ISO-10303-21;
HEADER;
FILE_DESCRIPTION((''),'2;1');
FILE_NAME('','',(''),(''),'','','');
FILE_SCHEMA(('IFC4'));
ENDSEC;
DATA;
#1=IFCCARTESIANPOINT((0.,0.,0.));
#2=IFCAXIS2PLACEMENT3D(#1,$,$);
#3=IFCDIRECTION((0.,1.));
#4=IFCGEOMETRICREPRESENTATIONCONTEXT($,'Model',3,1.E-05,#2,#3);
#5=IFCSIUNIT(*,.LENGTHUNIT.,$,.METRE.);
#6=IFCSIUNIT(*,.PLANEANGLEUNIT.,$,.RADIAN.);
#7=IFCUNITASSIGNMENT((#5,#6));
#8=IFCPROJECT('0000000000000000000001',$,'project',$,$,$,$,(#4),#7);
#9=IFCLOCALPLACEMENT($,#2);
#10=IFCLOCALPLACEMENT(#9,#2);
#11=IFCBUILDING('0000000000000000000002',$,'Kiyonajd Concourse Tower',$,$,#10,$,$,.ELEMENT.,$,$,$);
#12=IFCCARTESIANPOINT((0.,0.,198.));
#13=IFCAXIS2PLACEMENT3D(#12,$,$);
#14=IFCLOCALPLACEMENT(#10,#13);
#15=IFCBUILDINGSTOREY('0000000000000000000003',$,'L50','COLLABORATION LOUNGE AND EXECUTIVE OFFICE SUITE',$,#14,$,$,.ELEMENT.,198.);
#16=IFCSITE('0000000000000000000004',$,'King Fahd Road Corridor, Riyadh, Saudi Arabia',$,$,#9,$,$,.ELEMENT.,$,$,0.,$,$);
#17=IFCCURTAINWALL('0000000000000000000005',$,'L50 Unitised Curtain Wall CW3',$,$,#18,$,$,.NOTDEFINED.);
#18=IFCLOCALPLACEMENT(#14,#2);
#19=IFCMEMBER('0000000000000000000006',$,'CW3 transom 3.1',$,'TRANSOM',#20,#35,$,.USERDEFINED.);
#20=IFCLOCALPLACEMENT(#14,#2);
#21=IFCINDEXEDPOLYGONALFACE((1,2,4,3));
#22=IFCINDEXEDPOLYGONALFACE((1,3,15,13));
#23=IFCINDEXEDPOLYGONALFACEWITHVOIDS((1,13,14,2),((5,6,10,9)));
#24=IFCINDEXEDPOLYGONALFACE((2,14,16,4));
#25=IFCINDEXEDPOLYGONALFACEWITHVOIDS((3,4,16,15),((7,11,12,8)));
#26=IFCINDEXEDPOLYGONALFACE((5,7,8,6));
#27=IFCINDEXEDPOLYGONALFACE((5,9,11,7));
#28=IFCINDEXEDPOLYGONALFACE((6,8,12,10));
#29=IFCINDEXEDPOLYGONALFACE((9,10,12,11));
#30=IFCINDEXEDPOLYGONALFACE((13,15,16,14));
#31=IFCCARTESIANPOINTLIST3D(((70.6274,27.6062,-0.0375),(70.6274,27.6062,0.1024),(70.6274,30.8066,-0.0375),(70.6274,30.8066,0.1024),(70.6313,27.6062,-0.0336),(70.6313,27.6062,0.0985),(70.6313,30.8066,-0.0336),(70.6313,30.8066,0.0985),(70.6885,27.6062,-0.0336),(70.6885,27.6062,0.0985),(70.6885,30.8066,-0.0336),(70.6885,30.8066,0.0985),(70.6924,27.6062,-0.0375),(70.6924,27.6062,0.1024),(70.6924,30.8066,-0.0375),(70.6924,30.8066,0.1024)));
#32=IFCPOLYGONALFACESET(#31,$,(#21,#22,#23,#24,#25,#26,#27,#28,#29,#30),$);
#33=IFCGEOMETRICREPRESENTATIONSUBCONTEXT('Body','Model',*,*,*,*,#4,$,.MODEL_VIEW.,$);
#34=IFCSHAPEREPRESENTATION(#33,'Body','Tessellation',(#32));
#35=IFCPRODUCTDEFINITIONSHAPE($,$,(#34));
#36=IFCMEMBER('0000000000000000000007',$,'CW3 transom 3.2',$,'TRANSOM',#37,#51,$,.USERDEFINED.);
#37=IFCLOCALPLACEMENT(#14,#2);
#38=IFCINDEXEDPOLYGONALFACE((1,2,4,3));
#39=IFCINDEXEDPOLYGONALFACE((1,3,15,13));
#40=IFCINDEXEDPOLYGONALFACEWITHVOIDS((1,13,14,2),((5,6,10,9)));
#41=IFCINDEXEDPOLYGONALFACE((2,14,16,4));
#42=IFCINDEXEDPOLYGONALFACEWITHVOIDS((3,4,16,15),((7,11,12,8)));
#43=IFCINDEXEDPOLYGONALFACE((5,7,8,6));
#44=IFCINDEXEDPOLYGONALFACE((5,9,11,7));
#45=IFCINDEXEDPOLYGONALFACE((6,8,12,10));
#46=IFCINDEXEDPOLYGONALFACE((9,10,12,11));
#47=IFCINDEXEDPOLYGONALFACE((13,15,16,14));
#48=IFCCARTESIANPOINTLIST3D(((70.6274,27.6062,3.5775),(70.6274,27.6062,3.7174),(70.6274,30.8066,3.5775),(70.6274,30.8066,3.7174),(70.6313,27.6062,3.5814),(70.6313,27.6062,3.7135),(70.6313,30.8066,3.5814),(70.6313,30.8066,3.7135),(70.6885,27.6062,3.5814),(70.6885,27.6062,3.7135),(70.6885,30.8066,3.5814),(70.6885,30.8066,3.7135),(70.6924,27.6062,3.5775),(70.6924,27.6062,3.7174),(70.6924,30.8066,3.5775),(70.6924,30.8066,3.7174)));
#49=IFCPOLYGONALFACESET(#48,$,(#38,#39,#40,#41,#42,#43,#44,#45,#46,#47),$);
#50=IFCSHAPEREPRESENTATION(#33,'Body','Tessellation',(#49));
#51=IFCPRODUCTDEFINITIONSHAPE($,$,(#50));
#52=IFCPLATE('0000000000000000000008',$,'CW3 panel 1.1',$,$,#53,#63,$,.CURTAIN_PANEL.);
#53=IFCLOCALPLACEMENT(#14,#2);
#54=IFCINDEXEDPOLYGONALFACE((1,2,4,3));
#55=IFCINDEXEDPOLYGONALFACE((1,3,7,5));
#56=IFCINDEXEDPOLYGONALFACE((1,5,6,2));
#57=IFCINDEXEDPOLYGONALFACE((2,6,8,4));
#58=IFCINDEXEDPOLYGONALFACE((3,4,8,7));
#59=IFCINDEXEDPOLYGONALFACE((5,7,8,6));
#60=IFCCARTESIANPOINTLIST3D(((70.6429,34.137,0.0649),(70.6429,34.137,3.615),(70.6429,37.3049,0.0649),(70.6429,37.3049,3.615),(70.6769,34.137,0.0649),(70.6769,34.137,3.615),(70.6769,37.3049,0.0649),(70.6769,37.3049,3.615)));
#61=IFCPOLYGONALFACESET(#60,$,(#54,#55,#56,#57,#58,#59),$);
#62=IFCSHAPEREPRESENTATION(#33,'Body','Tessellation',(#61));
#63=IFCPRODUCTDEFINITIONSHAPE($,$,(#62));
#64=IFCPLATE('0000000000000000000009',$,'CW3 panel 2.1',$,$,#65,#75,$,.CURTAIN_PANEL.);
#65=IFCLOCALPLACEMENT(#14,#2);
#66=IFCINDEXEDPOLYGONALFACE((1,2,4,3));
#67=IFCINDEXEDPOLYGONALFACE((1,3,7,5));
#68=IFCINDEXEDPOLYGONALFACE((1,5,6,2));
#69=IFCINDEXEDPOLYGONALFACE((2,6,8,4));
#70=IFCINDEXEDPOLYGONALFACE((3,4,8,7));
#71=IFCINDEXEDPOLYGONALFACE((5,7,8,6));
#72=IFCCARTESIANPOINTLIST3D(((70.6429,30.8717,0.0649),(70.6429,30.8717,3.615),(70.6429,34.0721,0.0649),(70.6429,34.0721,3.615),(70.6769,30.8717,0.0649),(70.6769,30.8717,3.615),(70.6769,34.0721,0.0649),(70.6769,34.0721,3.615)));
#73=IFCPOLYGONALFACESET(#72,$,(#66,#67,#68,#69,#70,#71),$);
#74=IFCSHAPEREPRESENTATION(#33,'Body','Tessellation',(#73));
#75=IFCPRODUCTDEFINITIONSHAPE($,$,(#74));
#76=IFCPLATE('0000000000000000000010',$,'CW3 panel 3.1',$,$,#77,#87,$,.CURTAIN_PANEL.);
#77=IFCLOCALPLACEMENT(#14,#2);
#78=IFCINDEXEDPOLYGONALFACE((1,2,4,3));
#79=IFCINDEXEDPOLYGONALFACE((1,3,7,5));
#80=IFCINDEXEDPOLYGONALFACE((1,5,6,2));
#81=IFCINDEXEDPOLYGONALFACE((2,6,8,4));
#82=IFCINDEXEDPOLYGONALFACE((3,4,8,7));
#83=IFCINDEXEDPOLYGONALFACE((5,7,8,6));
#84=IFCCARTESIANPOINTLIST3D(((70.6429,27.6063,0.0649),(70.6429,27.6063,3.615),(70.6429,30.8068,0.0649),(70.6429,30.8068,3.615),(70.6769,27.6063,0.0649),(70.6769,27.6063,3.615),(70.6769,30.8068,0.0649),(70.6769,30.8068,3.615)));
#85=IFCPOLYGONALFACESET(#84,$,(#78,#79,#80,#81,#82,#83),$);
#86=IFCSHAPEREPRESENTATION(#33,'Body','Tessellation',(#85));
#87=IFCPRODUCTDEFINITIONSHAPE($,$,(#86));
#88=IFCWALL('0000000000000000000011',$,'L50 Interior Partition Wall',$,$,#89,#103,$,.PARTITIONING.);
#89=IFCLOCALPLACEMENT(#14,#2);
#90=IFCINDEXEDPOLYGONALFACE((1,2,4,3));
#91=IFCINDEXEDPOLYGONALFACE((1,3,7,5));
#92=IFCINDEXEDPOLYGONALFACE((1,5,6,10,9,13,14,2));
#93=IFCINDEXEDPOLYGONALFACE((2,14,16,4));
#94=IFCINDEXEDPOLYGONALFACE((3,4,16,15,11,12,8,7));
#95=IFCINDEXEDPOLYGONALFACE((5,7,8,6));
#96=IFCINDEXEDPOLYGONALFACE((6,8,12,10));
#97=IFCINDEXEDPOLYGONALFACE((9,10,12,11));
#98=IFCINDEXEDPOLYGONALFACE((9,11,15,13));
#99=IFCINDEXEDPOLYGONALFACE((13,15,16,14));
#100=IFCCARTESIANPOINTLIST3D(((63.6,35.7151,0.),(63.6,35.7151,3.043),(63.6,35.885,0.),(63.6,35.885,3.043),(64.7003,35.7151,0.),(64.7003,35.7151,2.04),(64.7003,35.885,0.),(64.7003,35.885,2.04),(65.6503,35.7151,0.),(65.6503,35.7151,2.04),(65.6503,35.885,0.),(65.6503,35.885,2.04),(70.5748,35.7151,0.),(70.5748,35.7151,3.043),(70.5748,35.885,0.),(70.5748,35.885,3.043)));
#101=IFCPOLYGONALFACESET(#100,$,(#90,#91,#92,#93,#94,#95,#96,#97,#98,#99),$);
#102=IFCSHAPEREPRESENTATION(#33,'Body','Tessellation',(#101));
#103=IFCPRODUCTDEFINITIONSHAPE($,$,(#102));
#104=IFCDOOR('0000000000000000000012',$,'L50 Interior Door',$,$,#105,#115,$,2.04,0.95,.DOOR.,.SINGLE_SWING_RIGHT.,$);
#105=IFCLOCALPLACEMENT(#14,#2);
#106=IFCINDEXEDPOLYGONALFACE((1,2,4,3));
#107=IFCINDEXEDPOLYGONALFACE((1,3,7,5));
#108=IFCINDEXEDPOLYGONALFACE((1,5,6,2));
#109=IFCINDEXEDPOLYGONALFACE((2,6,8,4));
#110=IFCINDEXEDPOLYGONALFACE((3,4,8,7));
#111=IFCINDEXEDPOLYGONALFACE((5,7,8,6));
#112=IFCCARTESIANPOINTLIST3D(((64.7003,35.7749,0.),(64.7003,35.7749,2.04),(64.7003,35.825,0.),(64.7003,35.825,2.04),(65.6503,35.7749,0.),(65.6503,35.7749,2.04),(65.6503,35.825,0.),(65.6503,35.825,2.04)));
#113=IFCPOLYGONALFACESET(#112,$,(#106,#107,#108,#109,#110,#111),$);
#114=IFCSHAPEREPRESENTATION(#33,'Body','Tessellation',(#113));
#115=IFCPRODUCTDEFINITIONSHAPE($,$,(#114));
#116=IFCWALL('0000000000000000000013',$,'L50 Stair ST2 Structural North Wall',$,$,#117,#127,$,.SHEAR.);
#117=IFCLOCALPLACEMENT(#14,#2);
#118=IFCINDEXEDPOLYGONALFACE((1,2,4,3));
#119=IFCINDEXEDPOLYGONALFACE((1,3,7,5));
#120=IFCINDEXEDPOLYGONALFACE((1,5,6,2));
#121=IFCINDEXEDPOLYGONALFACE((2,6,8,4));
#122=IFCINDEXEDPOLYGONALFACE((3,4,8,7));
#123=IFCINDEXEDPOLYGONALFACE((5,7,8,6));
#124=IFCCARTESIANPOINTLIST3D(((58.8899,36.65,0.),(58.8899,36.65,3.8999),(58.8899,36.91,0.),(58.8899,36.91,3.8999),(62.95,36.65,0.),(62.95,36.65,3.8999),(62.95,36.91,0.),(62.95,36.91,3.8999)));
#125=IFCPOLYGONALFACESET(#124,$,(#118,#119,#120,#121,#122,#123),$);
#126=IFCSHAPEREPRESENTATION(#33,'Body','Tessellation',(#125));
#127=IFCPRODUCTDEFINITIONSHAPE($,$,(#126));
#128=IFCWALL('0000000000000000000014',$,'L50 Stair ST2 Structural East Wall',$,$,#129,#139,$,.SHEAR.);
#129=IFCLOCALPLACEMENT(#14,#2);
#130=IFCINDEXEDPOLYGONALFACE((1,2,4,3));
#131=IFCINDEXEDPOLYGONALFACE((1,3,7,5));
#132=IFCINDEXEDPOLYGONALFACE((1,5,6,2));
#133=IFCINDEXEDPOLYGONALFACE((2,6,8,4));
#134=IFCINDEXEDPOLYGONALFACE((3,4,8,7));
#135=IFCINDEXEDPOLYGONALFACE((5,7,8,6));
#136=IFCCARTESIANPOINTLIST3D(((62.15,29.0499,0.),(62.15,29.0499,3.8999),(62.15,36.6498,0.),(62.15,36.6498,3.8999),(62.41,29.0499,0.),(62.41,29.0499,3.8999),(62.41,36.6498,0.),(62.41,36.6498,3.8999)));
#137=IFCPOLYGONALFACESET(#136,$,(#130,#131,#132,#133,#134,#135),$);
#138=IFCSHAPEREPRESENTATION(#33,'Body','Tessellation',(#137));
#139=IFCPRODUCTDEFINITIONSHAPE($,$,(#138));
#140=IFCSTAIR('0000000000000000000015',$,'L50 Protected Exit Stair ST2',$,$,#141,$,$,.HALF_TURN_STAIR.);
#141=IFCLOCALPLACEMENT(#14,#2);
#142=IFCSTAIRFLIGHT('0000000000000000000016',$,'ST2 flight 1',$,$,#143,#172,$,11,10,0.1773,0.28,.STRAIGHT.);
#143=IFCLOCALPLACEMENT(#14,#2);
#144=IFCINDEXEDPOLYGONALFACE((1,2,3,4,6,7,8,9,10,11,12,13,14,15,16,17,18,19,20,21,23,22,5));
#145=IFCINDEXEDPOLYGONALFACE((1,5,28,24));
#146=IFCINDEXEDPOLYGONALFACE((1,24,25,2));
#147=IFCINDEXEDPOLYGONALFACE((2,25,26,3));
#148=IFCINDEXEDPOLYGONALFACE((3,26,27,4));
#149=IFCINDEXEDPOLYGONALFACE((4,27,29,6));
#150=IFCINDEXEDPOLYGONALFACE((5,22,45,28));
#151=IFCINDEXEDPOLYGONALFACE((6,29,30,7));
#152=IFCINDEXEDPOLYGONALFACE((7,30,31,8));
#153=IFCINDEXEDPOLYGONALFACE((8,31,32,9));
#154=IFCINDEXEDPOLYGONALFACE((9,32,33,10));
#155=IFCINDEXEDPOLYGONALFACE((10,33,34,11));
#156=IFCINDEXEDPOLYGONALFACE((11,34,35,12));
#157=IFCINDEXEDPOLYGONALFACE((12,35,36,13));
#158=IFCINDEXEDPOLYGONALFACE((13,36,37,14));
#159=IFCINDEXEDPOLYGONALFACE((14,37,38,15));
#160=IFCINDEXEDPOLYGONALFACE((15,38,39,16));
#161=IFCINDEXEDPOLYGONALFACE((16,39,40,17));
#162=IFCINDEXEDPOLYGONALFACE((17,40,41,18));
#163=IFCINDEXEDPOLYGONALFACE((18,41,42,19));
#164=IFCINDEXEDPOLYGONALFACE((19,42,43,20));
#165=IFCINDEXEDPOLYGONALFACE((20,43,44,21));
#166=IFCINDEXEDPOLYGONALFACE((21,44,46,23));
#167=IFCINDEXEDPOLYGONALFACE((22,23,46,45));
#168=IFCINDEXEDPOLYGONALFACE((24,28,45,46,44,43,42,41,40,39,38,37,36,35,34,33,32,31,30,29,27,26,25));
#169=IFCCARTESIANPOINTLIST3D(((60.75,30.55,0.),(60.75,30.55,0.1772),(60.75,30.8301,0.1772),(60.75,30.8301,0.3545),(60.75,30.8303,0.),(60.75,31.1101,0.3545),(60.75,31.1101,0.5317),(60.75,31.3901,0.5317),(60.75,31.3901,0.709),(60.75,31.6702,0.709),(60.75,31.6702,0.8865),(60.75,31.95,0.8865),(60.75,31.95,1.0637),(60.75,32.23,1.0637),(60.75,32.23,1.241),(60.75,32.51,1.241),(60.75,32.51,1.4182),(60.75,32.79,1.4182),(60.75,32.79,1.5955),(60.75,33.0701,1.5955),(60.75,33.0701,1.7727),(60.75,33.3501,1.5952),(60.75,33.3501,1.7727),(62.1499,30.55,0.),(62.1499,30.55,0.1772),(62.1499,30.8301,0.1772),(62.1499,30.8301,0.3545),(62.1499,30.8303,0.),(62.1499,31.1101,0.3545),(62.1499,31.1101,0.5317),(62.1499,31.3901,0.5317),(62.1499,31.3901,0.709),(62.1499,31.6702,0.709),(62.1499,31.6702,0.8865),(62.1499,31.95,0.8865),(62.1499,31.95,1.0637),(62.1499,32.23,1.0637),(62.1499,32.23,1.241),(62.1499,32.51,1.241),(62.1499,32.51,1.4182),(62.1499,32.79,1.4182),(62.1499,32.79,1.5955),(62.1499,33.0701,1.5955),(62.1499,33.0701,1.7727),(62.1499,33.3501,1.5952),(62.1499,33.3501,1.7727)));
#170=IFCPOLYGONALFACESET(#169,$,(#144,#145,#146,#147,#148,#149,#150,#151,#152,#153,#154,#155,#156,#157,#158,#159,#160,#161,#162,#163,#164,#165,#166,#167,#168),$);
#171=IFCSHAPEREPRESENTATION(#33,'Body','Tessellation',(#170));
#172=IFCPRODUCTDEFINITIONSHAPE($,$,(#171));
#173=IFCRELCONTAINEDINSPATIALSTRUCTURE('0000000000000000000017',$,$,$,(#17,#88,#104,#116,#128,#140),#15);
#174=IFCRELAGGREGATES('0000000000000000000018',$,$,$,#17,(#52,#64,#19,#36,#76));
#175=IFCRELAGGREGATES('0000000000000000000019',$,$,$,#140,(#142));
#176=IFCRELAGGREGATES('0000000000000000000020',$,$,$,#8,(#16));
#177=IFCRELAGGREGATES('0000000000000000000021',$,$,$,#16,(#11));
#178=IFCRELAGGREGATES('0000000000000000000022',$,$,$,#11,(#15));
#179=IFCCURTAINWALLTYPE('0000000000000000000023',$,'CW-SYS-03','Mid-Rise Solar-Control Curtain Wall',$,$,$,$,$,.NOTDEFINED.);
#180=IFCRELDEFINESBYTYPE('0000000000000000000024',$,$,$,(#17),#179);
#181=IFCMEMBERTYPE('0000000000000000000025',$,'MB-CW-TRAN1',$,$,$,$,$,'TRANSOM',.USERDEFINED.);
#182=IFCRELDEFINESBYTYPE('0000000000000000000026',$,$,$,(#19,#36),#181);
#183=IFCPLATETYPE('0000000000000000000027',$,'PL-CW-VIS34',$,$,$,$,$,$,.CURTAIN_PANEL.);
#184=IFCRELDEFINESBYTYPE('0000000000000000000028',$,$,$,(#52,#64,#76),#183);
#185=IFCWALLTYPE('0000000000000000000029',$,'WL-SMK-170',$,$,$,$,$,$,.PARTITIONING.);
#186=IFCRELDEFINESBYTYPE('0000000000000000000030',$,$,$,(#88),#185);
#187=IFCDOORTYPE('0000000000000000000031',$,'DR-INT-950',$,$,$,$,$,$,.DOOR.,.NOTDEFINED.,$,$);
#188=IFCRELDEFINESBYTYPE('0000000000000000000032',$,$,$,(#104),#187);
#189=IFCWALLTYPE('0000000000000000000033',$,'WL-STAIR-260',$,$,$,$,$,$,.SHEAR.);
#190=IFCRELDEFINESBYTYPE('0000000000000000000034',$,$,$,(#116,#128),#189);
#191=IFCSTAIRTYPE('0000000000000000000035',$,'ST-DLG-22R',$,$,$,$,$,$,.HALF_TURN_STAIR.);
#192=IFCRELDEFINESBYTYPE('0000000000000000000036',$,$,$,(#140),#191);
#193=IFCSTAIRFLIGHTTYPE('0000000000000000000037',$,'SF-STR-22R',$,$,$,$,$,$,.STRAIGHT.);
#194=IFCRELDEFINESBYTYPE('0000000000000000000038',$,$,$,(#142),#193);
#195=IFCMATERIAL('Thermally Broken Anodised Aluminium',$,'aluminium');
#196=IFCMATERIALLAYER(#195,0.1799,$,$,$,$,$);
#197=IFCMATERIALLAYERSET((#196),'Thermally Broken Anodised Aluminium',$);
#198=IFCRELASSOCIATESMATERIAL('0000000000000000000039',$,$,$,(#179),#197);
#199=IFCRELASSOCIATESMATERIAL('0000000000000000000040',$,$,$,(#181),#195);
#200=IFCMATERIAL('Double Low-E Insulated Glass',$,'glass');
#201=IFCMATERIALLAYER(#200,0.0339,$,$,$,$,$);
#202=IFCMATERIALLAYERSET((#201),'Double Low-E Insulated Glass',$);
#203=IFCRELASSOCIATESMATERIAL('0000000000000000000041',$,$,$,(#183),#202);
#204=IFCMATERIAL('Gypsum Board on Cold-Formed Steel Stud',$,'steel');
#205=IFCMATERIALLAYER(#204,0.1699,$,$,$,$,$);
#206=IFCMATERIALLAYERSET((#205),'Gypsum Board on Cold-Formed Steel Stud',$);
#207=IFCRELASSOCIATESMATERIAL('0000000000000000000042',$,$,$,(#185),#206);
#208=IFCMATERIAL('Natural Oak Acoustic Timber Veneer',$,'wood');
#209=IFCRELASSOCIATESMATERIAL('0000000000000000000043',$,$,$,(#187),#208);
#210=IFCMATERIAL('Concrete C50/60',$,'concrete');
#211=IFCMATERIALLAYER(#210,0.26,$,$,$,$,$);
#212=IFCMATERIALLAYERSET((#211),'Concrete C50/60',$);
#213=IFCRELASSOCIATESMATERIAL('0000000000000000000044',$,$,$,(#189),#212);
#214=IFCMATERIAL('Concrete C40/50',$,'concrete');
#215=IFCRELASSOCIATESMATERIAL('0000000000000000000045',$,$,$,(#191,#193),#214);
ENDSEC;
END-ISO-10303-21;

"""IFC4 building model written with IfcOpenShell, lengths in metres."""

from ifc_helpers import new_model, si_unit, direction, frame, frame_2d, origin, origin_2d, place, context, subcontext, project, spatial, polyline, rectangle, hollow_rectangle, outline, extrude, material, layer, layer_set, material_profile, profile_set, type_object, element, fill, aggregate, save


model = new_model("IFC4")

# Units and contexts
model_context = context("Model", 3, precision=1e-05, world=origin(), true_north=direction((0.0, 1.0)))
body_context = subcontext(model_context, "Body", "Model", "MODEL_VIEW")
ifc_project = project(units=[si_unit("LENGTHUNIT", "METRE"), si_unit("PLANEANGLEUNIT", "RADIAN")], contexts=[model_context])

# Site, building, storey
site_placement = place(None, origin())
site = spatial("IfcSite", under=ifc_project, at=site_placement, Name="King Fahd Road Corridor, Riyadh, Saudi Arabia", CompositionType="ELEMENT", RefElevation=0.0)
building_placement = place(site_placement, origin())
building = spatial("IfcBuilding", under=site, at=building_placement, Name="Kiyonajd Concourse Tower", CompositionType="ELEMENT")
storey_placement = place(building_placement, frame((0.0, 0.0, 198.0)))
storey = spatial("IfcBuildingStorey", under=building, at=storey_placement, Name="L50", Description="COLLABORATION LOUNGE AND EXECUTIVE OFFICE SUITE", CompositionType="ELEMENT", Elevation=198.0)

# Shared definitions
ifc_material_1 = material(Name="Concrete C50/60", Category="concrete")

# Curtain wall, members, plates
ifc_material_2 = material(Name="Thermally Broken Anodised Aluminium", Category="aluminium")
ifc_layer_1 = layer(ifc_material_2, 0.1799)
ifc_layer_set_1 = layer_set([ifc_layer_1], Name="Thermally Broken Anodised Aluminium")
curtain_wall_type = type_object("IfcCurtainWallType", Name="CW-SYS-03", Description="Mid-Rise Solar-Control Curtain Wall", PredefinedType="NOTDEFINED", material=ifc_layer_set_1)
curtain_wall_placement = place(storey_placement, origin())
curtain_wall = element("IfcCurtainWall", 1, at=curtain_wall_placement, inside=storey, type_object=curtain_wall_type, Name="L50 Unitised Curtain Wall CW3", PredefinedType="NOTDEFINED")
ifc_material_profile_1 = material_profile(ifc_material_2, hollow_rectangle(XDim=0.0649, YDim=0.1399, WallThickness=0.0039, at=origin_2d()), Name="TRAN-65x140")
ifc_profile_set_1 = profile_set([ifc_material_profile_1], Name="Thermally Broken Anodised Aluminium")
member_type_1 = type_object("IfcMemberType", Name="MB-CW-TRAN1", ElementType="TRANSOM", PredefinedType="USERDEFINED", material=ifc_profile_set_1)
member_1_placement = place(storey_placement, frame((70.6599, 30.8066, 0.0325), z_axis=(0.0, -1.0, 0.0), x_axis=(1.0, 0.0, 0.0)))
member_1 = element("IfcMember", 2, at=member_1_placement, type_object=member_type_1, Name="CW3 transom 3.1", ObjectType="TRANSOM", PredefinedType="USERDEFINED", context=body_context, shape_type="SweptSolid", body=[
    extrude(hollow_rectangle(XDim=0.0649, YDim=0.1399, WallThickness=0.0039, at=origin_2d()), origin(), (0.0, 0.0, 1.0), 3.2004),
])
member_2_placement = place(storey_placement, frame((70.6599, 30.8066, 3.6475), z_axis=(0.0, -1.0, 0.0), x_axis=(1.0, 0.0, 0.0)))
member_2 = element("IfcMember", 3, at=member_2_placement, type_object=member_type_1, Name="CW3 transom 3.2", ObjectType="TRANSOM", PredefinedType="USERDEFINED", context=body_context, shape_type="SweptSolid", body=[
    extrude(hollow_rectangle(XDim=0.0649, YDim=0.1399, WallThickness=0.0039, at=origin_2d()), origin(), (0.0, 0.0, 1.0), 3.2004),
])
ifc_material_3 = material(Name="Double Low-E Insulated Glass", Category="glass")
ifc_layer_2 = layer(ifc_material_3, 0.0339)
ifc_layer_set_2 = layer_set([ifc_layer_2], Name="Double Low-E Insulated Glass")
plate_type = type_object("IfcPlateType", Name="PL-CW-VIS34", PredefinedType="CURTAIN_PANEL", material=ifc_layer_set_2)
plate_1_placement = place(storey_placement, frame((70.6599, 35.7209, 0.0649), z_axis=(0.0, 0.0, 1.0), x_axis=(0.0, -1.0, 0.0)))
plate_1 = element("IfcPlate", 4, at=plate_1_placement, type_object=plate_type, Name="CW3 panel 1.1", PredefinedType="CURTAIN_PANEL", context=body_context, shape_type="SweptSolid", body=[
    extrude(rectangle(XDim=3.168, YDim=0.0339, at=origin_2d()), origin(), (0.0, 0.0, 1.0), 3.55),
])
plate_2_placement = place(storey_placement, frame((70.6599, 32.4719, 0.0649), z_axis=(0.0, 0.0, 1.0), x_axis=(0.0, -1.0, 0.0)))
plate_2 = element("IfcPlate", 5, at=plate_2_placement, type_object=plate_type, Name="CW3 panel 2.1", PredefinedType="CURTAIN_PANEL", context=body_context, shape_type="SweptSolid", body=[
    extrude(rectangle(XDim=3.2004, YDim=0.0339, at=origin_2d()), origin(), (0.0, 0.0, 1.0), 3.55),
])
plate_3_placement = place(storey_placement, frame((70.6599, 29.2065, 0.0649), z_axis=(0.0, 0.0, 1.0), x_axis=(0.0, -1.0, 0.0)))
plate_3 = element("IfcPlate", 6, at=plate_3_placement, type_object=plate_type, Name="CW3 panel 3.1", PredefinedType="CURTAIN_PANEL", context=body_context, shape_type="SweptSolid", body=[
    extrude(rectangle(XDim=3.2004, YDim=0.0339, at=origin_2d()), origin(), (0.0, 0.0, 1.0), 3.55),
])
aggregate(curtain_wall, [plate_1, plate_2, member_1, member_2, plate_3])

# Wall, opening, door
ifc_material_4 = material(Name="Gypsum Board on Cold-Formed Steel Stud", Category="steel")
ifc_layer_3 = layer(ifc_material_4, 0.1699)
ifc_layer_set_3 = layer_set([ifc_layer_3], Name="Gypsum Board on Cold-Formed Steel Stud")
wall_type_1 = type_object("IfcWallType", Name="WL-SMK-170", PredefinedType="PARTITIONING", material=ifc_layer_set_3)
wall_1_placement = place(storey_placement, frame((63.6001, 35.8, 0.0), z_axis=(0.0, 0.0, 1.0), x_axis=(1.0, 0.0, 0.0)))
wall_1 = element("IfcWall", 7, at=wall_1_placement, inside=storey, type_object=wall_type_1, Name="L50 Interior Partition Wall", PredefinedType="PARTITIONING", context=body_context, shape_type="SweptSolid", body=[
    extrude(rectangle(XDim=6.9749, YDim=0.1699, at=frame_2d((3.4873, 0.0))), origin(), (0.0, 0.0, 1.0), 3.043),
])
opening_placement = place(wall_1_placement, frame((1.1001, 0.0, 0.0)))
opening = element("IfcOpeningElement", 8, at=opening_placement, cuts=wall_1, PredefinedType="OPENING", context=body_context, shape_type="SweptSolid", body=[
    extrude(rectangle(XDim=0.95, YDim=2.04, at=frame_2d((0.4751, 1.02))), frame((0.0, 0.095, 0.0), z_axis=(0.0, -1.0, 0.0), x_axis=(1.0, 0.0, 0.0)), (0.0, 0.0, 1.0), 0.1899),
])
ifc_material_5 = material(Name="Natural Oak Acoustic Timber Veneer", Category="wood")
door_type = type_object("IfcDoorType", Name="DR-INT-950", OperationType="NOTDEFINED", PredefinedType="DOOR", material=ifc_material_5)
door_placement = place(opening_placement, origin())
door = element("IfcDoor", 9, at=door_placement, inside=storey, type_object=door_type, Name="L50 Interior Door", OperationType="SINGLE_SWING_RIGHT", OverallHeight=2.04, OverallWidth=0.95, PredefinedType="DOOR", context=body_context, shape_type="SweptSolid", body=[
    extrude(rectangle(XDim=0.95, YDim=2.04, at=frame_2d((0.4751, 1.02))), frame((0.0, 0.0249, 0.0), z_axis=(0.0, -1.0, 0.0), x_axis=(1.0, 0.0, 0.0)), (0.0, 0.0, 1.0), 0.05),
])
fill(opening, door)

# Walls
ifc_layer_4 = layer(ifc_material_1, 0.26)
ifc_layer_set_4 = layer_set([ifc_layer_4], Name="Concrete C50/60")
wall_type_2 = type_object("IfcWallType", Name="WL-STAIR-260", PredefinedType="SHEAR", material=ifc_layer_set_4)
wall_2_placement = place(storey_placement, frame((58.8899, 36.78, 0.0), z_axis=(0.0, 0.0, 1.0), x_axis=(1.0, 0.0, 0.0)))
element("IfcWall", 10, at=wall_2_placement, inside=storey, type_object=wall_type_2, Name="L50 Stair ST2 Structural North Wall", PredefinedType="SHEAR", context=body_context, shape_type="SweptSolid", body=[
    extrude(rectangle(XDim=4.0601, YDim=0.26, at=frame_2d((2.03, 0.0))), origin(), (0.0, 0.0, 1.0), 3.8999),
])
wall_3_placement = place(storey_placement, frame((62.28, 29.05, 0.0), z_axis=(0.0, 0.0, 1.0), x_axis=(0.0, 1.0, 0.0)))
element("IfcWall", 11, at=wall_3_placement, inside=storey, type_object=wall_type_2, Name="L50 Stair ST2 Structural East Wall", PredefinedType="SHEAR", context=body_context, shape_type="SweptSolid", body=[
    extrude(rectangle(XDim=7.5999, YDim=0.26, at=frame_2d((3.7998, 0.0))), origin(), (0.0, 0.0, 1.0), 3.8999),
])

# Stair, stair flight
ifc_material_6 = material(Name="Concrete C40/50", Category="concrete")
stair_type = type_object("IfcStairType", Name="ST-DLG-22R", PredefinedType="HALF_TURN_STAIR", material=ifc_material_6)
stair_placement = place(storey_placement, origin())
stair = element("IfcStair", 12, at=stair_placement, inside=storey, type_object=stair_type, Name="L50 Protected Exit Stair ST2", PredefinedType="HALF_TURN_STAIR")
stair_flight_type = type_object("IfcStairFlightType", Name="SF-STR-22R", PredefinedType="STRAIGHT", material=ifc_material_6)
stair_flight_1_placement = place(storey_placement, frame((61.45, 30.55, 0.0), z_axis=(0.0, 0.0, 1.0), x_axis=(0.0, 1.0, 0.0)))
stair_flight_1 = element("IfcStairFlight", 13, at=stair_flight_1_placement, type_object=stair_flight_type, Name="ST2 flight 1", NumberOfRisers=11, NumberOfTreads=10, PredefinedType="STRAIGHT", RiserHeight=0.1773, TreadLength=0.28, context=body_context, shape_type="SweptSolid", body=[
    extrude(outline(polyline([(0.0, 0.0), (0.0, 0.1772), (0.28, 0.1772), (0.28, 0.3545), (0.5601, 0.3545), (0.5601, 0.5317), (0.8401, 0.5317), (0.8401, 0.709), (1.1201, 0.709), (1.1201, 0.8865), (1.3999, 0.8865), (1.3999, 1.0637), (1.6799, 1.0637), (1.6799, 1.241), (1.96, 1.241), (1.96, 1.4182), (2.24, 1.4182), (2.24, 1.5955), (2.52, 1.5955), (2.52, 1.7727), (2.8, 1.7727), (2.8, 1.95), (2.8, 1.5952), (0.2803, 0.0), (0.0, 0.0)])), frame((0.0, 0.7, 0.0), z_axis=(0.0, -1.0, 0.0), x_axis=(1.0, 0.0, 0.0)), (0.0, 0.0, 1.0), 1.3999),
])
aggregate(stair, [stair_flight_1])

save(model, "model.ifc")
